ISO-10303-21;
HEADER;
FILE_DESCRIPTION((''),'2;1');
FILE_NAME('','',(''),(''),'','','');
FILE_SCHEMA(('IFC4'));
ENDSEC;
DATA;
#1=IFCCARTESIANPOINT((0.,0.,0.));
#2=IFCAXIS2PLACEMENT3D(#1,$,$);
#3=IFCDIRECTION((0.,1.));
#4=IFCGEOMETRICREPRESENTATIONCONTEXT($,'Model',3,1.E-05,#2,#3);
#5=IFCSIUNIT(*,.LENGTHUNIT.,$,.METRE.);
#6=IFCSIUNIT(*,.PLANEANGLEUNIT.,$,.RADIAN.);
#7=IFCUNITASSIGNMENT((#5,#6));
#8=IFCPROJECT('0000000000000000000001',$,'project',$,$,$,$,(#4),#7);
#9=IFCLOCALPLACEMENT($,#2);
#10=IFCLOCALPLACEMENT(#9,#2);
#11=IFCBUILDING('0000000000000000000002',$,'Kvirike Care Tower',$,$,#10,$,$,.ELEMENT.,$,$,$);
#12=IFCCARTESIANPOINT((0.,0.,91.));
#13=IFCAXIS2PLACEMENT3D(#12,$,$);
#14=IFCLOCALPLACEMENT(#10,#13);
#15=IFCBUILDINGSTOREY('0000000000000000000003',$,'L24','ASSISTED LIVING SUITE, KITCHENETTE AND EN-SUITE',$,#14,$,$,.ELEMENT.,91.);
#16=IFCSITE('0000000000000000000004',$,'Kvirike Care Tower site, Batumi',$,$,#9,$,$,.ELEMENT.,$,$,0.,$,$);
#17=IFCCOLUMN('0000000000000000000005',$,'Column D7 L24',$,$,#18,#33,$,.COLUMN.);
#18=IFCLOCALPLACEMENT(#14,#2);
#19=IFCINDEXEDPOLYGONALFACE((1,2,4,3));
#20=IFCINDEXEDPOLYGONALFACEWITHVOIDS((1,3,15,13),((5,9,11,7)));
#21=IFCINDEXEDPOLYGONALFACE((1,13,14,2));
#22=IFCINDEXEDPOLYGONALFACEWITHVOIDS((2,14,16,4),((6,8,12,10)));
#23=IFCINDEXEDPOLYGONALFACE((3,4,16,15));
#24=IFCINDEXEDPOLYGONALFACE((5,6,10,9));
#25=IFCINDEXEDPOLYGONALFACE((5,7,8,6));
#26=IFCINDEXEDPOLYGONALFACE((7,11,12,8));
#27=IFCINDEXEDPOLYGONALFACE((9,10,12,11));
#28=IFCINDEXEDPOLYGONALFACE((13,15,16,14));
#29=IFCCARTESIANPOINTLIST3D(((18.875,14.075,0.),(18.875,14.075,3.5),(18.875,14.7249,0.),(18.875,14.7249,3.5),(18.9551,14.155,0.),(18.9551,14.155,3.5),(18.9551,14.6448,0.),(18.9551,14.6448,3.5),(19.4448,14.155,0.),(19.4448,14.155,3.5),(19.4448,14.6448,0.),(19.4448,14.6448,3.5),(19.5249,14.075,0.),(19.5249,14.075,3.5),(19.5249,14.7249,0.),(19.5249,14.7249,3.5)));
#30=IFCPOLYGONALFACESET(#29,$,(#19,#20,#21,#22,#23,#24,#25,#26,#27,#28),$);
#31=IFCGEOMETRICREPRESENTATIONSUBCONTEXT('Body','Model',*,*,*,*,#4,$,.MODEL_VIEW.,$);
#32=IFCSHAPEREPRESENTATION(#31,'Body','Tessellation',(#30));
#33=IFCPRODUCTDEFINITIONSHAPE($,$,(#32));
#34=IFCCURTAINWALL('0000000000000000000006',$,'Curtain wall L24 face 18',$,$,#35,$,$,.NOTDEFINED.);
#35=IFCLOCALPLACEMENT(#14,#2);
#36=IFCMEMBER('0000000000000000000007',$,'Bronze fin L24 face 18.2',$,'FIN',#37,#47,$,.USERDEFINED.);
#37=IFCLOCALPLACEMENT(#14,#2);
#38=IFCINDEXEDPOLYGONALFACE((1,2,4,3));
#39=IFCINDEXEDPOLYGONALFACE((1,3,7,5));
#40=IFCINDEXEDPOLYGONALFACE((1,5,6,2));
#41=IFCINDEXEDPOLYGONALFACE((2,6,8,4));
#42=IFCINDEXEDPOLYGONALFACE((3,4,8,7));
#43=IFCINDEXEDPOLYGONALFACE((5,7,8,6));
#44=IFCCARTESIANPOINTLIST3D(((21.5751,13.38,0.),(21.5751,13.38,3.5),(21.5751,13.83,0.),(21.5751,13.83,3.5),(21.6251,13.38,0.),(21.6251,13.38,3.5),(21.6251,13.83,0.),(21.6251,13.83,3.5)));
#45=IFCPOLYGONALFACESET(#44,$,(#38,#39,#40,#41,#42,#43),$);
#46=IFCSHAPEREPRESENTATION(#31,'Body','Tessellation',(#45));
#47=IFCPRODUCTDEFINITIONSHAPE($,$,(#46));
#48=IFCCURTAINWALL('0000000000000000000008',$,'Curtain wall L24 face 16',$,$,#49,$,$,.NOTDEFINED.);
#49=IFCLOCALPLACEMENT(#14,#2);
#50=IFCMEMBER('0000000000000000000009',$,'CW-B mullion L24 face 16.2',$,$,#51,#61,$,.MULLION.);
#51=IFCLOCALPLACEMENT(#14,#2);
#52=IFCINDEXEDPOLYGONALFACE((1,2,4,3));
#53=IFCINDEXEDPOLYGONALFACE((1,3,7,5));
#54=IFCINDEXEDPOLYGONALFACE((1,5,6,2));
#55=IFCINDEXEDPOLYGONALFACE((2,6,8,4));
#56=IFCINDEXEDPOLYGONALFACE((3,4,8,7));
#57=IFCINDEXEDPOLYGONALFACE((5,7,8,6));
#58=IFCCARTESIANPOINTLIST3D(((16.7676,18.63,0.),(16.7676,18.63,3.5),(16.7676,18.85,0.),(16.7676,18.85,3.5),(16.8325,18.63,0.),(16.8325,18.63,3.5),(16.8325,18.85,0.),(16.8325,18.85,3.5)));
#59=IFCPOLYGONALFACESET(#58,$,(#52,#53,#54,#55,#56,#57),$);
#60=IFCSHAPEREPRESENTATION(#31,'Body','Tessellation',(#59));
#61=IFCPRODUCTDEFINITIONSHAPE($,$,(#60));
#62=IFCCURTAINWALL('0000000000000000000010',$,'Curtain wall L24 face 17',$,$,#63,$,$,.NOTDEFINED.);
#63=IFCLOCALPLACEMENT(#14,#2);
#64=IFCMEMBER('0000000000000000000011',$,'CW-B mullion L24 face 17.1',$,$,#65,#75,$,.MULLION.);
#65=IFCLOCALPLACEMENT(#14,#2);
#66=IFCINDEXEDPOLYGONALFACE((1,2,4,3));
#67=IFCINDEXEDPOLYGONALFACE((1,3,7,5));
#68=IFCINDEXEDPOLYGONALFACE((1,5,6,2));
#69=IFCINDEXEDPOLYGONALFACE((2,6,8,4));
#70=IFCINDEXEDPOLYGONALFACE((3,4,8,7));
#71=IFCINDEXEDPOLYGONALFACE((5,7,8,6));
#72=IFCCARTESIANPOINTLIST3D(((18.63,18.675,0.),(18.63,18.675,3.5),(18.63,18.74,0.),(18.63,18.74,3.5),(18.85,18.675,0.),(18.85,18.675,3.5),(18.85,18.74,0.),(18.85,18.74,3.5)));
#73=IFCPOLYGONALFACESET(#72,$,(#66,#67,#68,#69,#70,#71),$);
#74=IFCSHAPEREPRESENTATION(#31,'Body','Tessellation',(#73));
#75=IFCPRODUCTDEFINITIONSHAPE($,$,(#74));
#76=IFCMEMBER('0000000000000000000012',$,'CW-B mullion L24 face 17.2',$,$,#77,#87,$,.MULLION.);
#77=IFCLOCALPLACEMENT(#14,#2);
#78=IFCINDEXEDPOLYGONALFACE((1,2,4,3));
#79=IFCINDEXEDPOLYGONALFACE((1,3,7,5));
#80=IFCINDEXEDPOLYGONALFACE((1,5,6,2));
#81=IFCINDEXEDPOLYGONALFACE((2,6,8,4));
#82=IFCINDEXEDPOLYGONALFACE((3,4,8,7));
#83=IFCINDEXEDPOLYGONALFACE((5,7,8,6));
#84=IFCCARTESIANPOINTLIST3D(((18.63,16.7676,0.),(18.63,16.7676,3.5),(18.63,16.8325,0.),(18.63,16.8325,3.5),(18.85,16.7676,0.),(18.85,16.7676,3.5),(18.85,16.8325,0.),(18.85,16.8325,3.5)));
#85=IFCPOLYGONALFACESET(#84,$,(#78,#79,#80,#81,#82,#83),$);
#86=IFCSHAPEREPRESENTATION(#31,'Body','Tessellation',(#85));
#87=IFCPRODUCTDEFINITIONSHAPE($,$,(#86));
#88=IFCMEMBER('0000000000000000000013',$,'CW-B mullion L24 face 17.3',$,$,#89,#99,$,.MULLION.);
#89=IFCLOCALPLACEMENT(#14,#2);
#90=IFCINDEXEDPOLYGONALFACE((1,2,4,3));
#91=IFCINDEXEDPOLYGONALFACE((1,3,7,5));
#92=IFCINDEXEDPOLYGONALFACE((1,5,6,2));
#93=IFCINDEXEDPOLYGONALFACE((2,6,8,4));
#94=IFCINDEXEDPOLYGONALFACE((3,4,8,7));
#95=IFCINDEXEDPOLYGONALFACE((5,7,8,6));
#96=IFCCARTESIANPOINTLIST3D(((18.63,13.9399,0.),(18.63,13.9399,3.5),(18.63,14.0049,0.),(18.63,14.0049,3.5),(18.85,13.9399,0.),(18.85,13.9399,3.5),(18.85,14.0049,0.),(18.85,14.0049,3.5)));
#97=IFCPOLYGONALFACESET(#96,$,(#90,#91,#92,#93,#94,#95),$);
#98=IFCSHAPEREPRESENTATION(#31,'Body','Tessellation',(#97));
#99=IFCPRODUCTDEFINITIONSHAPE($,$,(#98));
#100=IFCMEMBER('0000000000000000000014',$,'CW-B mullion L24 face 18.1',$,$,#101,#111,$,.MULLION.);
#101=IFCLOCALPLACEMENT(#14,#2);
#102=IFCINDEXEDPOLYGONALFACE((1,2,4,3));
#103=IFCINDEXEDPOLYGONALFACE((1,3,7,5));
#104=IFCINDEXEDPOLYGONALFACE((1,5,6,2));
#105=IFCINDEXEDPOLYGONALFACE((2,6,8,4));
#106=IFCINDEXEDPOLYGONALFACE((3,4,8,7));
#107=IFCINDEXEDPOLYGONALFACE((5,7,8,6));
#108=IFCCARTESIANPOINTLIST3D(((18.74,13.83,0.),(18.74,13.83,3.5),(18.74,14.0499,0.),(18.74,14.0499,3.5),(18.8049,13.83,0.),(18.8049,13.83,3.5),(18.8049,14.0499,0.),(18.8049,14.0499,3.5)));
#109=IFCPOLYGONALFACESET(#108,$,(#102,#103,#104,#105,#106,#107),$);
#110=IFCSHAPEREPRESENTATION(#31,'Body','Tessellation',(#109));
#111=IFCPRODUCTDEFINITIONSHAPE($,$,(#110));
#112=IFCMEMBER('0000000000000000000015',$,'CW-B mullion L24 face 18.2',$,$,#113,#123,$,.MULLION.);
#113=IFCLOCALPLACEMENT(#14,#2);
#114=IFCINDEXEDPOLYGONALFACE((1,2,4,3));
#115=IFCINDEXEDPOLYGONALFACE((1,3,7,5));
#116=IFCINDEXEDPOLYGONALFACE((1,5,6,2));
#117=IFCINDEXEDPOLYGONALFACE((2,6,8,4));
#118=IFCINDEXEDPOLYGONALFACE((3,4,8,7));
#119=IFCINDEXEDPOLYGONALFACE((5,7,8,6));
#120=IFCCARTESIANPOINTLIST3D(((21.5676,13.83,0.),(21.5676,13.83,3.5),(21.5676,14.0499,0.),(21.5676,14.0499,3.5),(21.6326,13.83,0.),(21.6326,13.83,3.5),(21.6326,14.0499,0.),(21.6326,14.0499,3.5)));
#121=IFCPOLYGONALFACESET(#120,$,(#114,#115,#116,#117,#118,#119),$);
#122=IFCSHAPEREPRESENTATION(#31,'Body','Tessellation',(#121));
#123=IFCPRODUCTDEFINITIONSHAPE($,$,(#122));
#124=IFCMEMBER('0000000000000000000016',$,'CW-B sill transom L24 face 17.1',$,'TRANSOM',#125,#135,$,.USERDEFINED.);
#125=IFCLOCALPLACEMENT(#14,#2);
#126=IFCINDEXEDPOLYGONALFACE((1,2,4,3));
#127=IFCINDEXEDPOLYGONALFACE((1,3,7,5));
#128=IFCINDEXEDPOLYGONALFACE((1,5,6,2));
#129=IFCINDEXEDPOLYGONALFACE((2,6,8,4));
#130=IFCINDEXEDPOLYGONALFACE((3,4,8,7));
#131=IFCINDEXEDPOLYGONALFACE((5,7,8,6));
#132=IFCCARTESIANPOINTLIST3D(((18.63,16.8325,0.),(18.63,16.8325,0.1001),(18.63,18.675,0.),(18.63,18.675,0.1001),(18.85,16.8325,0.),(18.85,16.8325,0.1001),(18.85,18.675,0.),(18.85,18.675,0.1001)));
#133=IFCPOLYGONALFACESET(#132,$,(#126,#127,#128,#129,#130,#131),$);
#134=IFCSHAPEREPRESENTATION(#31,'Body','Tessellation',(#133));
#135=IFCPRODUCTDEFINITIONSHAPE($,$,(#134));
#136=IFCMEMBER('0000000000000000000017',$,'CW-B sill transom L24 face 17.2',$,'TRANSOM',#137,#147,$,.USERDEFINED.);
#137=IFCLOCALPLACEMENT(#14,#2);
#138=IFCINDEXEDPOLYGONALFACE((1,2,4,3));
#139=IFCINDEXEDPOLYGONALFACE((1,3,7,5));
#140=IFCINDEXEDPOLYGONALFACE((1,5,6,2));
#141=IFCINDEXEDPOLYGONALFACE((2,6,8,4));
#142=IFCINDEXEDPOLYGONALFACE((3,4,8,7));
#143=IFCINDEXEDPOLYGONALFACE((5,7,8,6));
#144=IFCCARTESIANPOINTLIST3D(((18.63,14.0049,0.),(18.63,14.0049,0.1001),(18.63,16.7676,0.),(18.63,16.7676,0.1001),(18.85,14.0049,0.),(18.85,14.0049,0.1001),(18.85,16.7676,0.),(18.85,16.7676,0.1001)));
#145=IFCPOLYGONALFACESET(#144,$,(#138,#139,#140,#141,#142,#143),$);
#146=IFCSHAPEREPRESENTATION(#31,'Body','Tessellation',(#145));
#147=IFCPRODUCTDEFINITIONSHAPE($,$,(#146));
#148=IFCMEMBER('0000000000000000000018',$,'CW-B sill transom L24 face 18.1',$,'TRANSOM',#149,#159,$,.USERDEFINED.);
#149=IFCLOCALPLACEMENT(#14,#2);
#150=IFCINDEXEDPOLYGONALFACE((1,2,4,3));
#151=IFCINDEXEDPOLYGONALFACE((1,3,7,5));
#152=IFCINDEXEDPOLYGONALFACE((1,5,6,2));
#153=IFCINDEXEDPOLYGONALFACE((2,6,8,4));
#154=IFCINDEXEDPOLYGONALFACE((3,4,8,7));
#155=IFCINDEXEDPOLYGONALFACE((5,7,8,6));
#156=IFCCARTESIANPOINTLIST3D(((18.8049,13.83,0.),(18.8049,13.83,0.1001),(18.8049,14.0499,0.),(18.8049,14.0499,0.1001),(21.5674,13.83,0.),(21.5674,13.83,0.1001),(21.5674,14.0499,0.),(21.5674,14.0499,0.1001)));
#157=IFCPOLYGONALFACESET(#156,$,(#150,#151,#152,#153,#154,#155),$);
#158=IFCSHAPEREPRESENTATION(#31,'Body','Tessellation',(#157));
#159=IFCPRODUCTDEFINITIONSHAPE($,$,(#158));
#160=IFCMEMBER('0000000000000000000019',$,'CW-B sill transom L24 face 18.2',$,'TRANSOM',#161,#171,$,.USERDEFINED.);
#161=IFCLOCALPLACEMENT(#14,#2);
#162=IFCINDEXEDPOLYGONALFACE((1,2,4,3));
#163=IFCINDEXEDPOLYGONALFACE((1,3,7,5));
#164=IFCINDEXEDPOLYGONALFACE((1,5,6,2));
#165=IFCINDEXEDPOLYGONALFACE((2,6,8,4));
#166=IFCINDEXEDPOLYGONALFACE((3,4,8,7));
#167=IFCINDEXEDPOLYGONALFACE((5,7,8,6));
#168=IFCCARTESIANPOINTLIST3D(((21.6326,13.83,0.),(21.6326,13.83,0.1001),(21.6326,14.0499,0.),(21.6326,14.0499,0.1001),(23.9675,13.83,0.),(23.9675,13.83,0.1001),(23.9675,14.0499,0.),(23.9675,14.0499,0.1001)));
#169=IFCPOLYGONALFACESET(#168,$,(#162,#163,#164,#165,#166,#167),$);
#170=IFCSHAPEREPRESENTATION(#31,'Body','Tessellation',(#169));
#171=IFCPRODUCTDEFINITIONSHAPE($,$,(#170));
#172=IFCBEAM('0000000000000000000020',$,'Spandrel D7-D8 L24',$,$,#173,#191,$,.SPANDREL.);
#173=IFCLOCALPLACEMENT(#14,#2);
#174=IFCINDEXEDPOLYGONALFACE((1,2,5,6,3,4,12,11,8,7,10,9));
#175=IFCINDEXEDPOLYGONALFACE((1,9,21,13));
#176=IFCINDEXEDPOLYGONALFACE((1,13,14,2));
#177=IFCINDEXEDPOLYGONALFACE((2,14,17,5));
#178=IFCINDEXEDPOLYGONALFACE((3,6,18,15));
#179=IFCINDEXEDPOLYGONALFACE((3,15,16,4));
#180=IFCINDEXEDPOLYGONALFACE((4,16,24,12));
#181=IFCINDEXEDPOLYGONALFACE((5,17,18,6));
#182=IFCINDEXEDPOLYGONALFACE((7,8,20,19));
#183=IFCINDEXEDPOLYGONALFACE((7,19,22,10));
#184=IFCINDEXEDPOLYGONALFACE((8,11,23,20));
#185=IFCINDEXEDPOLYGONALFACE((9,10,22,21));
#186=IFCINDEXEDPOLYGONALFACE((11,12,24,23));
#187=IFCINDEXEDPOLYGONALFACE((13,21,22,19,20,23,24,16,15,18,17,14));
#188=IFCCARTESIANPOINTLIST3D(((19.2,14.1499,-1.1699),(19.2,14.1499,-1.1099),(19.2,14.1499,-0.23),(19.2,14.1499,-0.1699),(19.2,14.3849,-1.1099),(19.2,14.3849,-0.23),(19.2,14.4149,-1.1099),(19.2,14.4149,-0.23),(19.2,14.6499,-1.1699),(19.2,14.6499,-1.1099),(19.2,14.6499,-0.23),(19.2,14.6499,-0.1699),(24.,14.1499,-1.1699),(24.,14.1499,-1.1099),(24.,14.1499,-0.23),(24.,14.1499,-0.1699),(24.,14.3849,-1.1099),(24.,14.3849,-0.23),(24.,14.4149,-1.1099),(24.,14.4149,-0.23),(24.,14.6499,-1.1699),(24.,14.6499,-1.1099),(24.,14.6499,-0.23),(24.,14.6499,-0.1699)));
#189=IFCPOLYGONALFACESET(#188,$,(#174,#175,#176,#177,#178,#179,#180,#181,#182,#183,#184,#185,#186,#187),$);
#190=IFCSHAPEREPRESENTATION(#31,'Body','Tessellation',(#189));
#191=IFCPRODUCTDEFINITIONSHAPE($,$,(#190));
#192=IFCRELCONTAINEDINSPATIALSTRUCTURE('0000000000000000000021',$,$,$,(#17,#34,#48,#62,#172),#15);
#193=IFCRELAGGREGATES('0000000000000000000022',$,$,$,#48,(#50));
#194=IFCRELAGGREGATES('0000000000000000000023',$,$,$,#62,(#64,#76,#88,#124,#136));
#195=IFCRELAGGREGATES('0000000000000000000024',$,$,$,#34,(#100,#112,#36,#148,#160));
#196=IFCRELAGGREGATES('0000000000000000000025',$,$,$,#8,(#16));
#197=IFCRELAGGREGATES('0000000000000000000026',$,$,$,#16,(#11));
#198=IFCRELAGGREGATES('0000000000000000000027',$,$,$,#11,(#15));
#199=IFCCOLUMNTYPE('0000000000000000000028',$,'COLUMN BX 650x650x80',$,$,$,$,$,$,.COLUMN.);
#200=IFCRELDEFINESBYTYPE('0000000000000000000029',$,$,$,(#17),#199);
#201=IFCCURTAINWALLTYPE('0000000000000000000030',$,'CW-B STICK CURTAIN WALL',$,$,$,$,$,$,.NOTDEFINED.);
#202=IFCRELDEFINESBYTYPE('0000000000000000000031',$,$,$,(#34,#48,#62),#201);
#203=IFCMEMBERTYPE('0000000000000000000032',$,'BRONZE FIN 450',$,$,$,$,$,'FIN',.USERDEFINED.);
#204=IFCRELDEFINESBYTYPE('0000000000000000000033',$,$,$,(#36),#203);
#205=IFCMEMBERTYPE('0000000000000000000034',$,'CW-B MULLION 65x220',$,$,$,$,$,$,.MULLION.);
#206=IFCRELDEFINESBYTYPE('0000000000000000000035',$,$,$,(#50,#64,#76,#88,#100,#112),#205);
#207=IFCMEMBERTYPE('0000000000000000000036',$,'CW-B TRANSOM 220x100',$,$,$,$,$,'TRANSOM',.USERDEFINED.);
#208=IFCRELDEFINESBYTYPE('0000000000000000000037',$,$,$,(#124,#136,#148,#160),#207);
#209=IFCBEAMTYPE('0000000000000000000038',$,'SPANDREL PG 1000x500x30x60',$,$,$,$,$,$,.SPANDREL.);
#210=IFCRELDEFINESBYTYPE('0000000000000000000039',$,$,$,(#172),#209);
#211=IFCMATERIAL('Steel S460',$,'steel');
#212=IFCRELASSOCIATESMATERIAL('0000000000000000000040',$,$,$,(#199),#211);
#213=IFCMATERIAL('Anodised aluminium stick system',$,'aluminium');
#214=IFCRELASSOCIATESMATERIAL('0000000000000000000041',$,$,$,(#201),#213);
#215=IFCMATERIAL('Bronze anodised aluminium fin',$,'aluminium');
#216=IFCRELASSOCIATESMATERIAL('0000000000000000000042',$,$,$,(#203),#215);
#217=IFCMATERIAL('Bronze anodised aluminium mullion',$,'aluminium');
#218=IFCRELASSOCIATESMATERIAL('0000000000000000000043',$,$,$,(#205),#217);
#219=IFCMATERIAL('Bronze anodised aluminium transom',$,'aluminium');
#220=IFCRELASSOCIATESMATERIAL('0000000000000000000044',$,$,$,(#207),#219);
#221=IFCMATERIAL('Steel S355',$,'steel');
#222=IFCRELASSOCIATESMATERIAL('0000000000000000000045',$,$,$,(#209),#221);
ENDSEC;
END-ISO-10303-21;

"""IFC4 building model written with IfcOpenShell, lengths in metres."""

from ifc_helpers import new_model, si_unit, direction, frame, origin, origin_2d, place, context, subcontext, project, spatial, rectangle, hollow_rectangle, i_section, extrude, material, material_profile, profile_set, type_object, element, aggregate, save


model = new_model("IFC4")

# Units and contexts
model_context = context("Model", 3, precision=1e-05, world=origin(), true_north=direction((0.0, 1.0)))
body_context = subcontext(model_context, "Body", "Model", "MODEL_VIEW")
ifc_project = project(units=[si_unit("LENGTHUNIT", "METRE"), si_unit("PLANEANGLEUNIT", "RADIAN")], contexts=[model_context])

# Site, building, storey
site_placement = place(None, origin())
site = spatial("IfcSite", under=ifc_project, at=site_placement, Name="Kvirike Care Tower site, Batumi", CompositionType="ELEMENT", RefElevation=0.0)
building_placement = place(site_placement, origin())
building = spatial("IfcBuilding", under=site, at=building_placement, Name="Kvirike Care Tower", CompositionType="ELEMENT")
storey_placement = place(building_placement, frame((0.0, 0.0, 91.0)))
storey = spatial("IfcBuildingStorey", under=building, at=storey_placement, Name="L24", Description="ASSISTED LIVING SUITE, KITCHENETTE AND EN-SUITE", CompositionType="ELEMENT", Elevation=91.0)

# Column
ifc_material_1 = material(Name="Steel S460", Category="steel")
ifc_material_profile_1 = material_profile(ifc_material_1, hollow_rectangle(XDim=0.6499, YDim=0.6499, WallThickness=0.0801, at=origin_2d()), Name="BX 650x650x80")
ifc_profile_set_1 = profile_set([ifc_material_profile_1], Name="Steel S460")
column_type = type_object("IfcColumnType", Name="COLUMN BX 650x650x80", PredefinedType="COLUMN", material=ifc_profile_set_1)
column_placement = place(storey_placement, frame((19.2, 14.3999, 0.0), z_axis=(0.0, 0.0, 1.0), x_axis=(0.0, 1.0, 0.0)))
element("IfcColumn", 1, at=column_placement, inside=storey, type_object=column_type, Name="Column D7 L24", PredefinedType="COLUMN", context=body_context, shape_type="SweptSolid", body=[
    extrude(hollow_rectangle(XDim=0.6499, YDim=0.6499, WallThickness=0.0801, at=origin_2d()), origin(), (0.0, 0.0, 1.0), 3.5),
])

# Curtain walls, members
ifc_material_2 = material(Name="Anodised aluminium stick system", Category="aluminium")
curtain_wall_type = type_object("IfcCurtainWallType", Name="CW-B STICK CURTAIN WALL", PredefinedType="NOTDEFINED", material=ifc_material_2)
curtain_wall_1_placement = place(storey_placement, origin())
curtain_wall_1 = element("IfcCurtainWall", 2, at=curtain_wall_1_placement, inside=storey, type_object=curtain_wall_type, Name="Curtain wall L24 face 18", PredefinedType="NOTDEFINED")
ifc_material_3 = material(Name="Bronze anodised aluminium fin", Category="aluminium")
ifc_material_profile_2 = material_profile(ifc_material_3, rectangle(XDim=0.05, YDim=0.45, at=origin_2d()), Name="BRONZE FIN 450")
ifc_profile_set_2 = profile_set([ifc_material_profile_2], Name="Bronze anodised aluminium fin")
member_type_1 = type_object("IfcMemberType", Name="BRONZE FIN 450", ElementType="FIN", PredefinedType="USERDEFINED", material=ifc_profile_set_2)
member_1_placement = place(storey_placement, frame((21.6001, 13.605, 0.0), z_axis=(0.0, 0.0, 1.0), x_axis=(1.0, 0.0, 0.0)))
member_1 = element("IfcMember", 3, at=member_1_placement, type_object=member_type_1, Name="Bronze fin L24 face 18.2", ObjectType="FIN", PredefinedType="USERDEFINED", context=body_context, shape_type="SweptSolid", body=[
    extrude(rectangle(XDim=0.05, YDim=0.45, at=origin_2d()), origin(), (0.0, 0.0, 1.0), 3.5),
])
curtain_wall_2_placement = place(storey_placement, origin())
curtain_wall_2 = element("IfcCurtainWall", 4, at=curtain_wall_2_placement, inside=storey, type_object=curtain_wall_type, Name="Curtain wall L24 face 16", PredefinedType="NOTDEFINED")
ifc_material_4 = material(Name="Bronze anodised aluminium mullion", Category="aluminium")
ifc_material_profile_3 = material_profile(ifc_material_4, rectangle(XDim=0.0649, YDim=0.22, at=origin_2d()), Name="CW-B MULLION 65x220")
ifc_profile_set_3 = profile_set([ifc_material_profile_3], Name="Bronze anodised aluminium mullion")
member_type_2 = type_object("IfcMemberType", Name="CW-B MULLION 65x220", PredefinedType="MULLION", material=ifc_profile_set_3)
member_2_placement = place(storey_placement, frame((16.8, 18.74, 0.0), z_axis=(0.0, 0.0, 1.0), x_axis=(1.0, 0.0, 0.0)))
member_2 = element("IfcMember", 5, at=member_2_placement, type_object=member_type_2, Name="CW-B mullion L24 face 16.2", PredefinedType="MULLION", context=body_context, shape_type="SweptSolid", body=[
    extrude(rectangle(XDim=0.0649, YDim=0.22, at=origin_2d()), origin(), (0.0, 0.0, 1.0), 3.5),
])

# Curtain wall, members
curtain_wall_3_placement = place(storey_placement, origin())
curtain_wall_3 = element("IfcCurtainWall", 6, at=curtain_wall_3_placement, inside=storey, type_object=curtain_wall_type, Name="Curtain wall L24 face 17", PredefinedType="NOTDEFINED")
member_3_placement = place(storey_placement, frame((18.74, 18.7075, 0.0), z_axis=(0.0, 0.0, 1.0), x_axis=(0.0, -1.0, 0.0)))
member_3 = element("IfcMember", 7, at=member_3_placement, type_object=member_type_2, Name="CW-B mullion L24 face 17.1", PredefinedType="MULLION", context=body_context, shape_type="SweptSolid", body=[
    extrude(rectangle(XDim=0.0649, YDim=0.22, at=origin_2d()), origin(), (0.0, 0.0, 1.0), 3.5),
])
member_4_placement = place(storey_placement, frame((18.74, 16.8, 0.0), z_axis=(0.0, 0.0, 1.0), x_axis=(0.0, -1.0, 0.0)))
member_4 = element("IfcMember", 8, at=member_4_placement, type_object=member_type_2, Name="CW-B mullion L24 face 17.2", PredefinedType="MULLION", context=body_context, shape_type="SweptSolid", body=[
    extrude(rectangle(XDim=0.0649, YDim=0.22, at=origin_2d()), origin(), (0.0, 0.0, 1.0), 3.5),
])
member_5_placement = place(storey_placement, frame((18.74, 13.9724, 0.0), z_axis=(0.0, 0.0, 1.0), x_axis=(0.0, -1.0, 0.0)))
member_5 = element("IfcMember", 9, at=member_5_placement, type_object=member_type_2, Name="CW-B mullion L24 face 17.3", PredefinedType="MULLION", context=body_context, shape_type="SweptSolid", body=[
    extrude(rectangle(XDim=0.0649, YDim=0.22, at=origin_2d()), origin(), (0.0, 0.0, 1.0), 3.5),
])

# Members
member_6_placement = place(storey_placement, frame((18.7725, 13.9399, 0.0), z_axis=(0.0, 0.0, 1.0), x_axis=(1.0, 0.0, 0.0)))
member_6 = element("IfcMember", 10, at=member_6_placement, type_object=member_type_2, Name="CW-B mullion L24 face 18.1", PredefinedType="MULLION", context=body_context, shape_type="SweptSolid", body=[
    extrude(rectangle(XDim=0.0649, YDim=0.22, at=origin_2d()), origin(), (0.0, 0.0, 1.0), 3.5),
])
member_7_placement = place(storey_placement, frame((21.6001, 13.9399, 0.0), z_axis=(0.0, 0.0, 1.0), x_axis=(1.0, 0.0, 0.0)))
member_7 = element("IfcMember", 11, at=member_7_placement, type_object=member_type_2, Name="CW-B mullion L24 face 18.2", PredefinedType="MULLION", context=body_context, shape_type="SweptSolid", body=[
    extrude(rectangle(XDim=0.0649, YDim=0.22, at=origin_2d()), origin(), (0.0, 0.0, 1.0), 3.5),
])
ifc_material_5 = material(Name="Bronze anodised aluminium transom", Category="aluminium")
ifc_material_profile_4 = material_profile(ifc_material_5, rectangle(XDim=0.22, YDim=0.1001, at=origin_2d()), Name="CW-B TRANSOM 220x100")
ifc_profile_set_4 = profile_set([ifc_material_profile_4], Name="Bronze anodised aluminium transom")
member_type_3 = type_object("IfcMemberType", Name="CW-B TRANSOM 220x100", ElementType="TRANSOM", PredefinedType="USERDEFINED", material=ifc_profile_set_4)
member_8_placement = place(storey_placement, frame((18.74, 18.675, 0.05), z_axis=(0.0, -1.0, 0.0), x_axis=(1.0, 0.0, 0.0)))
member_8 = element("IfcMember", 12, at=member_8_placement, type_object=member_type_3, Name="CW-B sill transom L24 face 17.1", ObjectType="TRANSOM", PredefinedType="USERDEFINED", context=body_context, shape_type="SweptSolid", body=[
    extrude(rectangle(XDim=0.22, YDim=0.1001, at=origin_2d()), origin(), (0.0, 0.0, 1.0), 1.8425),
])
member_9_placement = place(storey_placement, frame((18.74, 16.7676, 0.05), z_axis=(0.0, -1.0, 0.0), x_axis=(1.0, 0.0, 0.0)))
member_9 = element("IfcMember", 13, at=member_9_placement, type_object=member_type_3, Name="CW-B sill transom L24 face 17.2", ObjectType="TRANSOM", PredefinedType="USERDEFINED", context=body_context, shape_type="SweptSolid", body=[
    extrude(rectangle(XDim=0.22, YDim=0.1001, at=origin_2d()), origin(), (0.0, 0.0, 1.0), 2.7627),
])
member_10_placement = place(storey_placement, frame((18.8049, 13.9399, 0.05), z_axis=(1.0, 0.0, 0.0), x_axis=(0.0, 1.0, 0.0)))
member_10 = element("IfcMember", 14, at=member_10_placement, type_object=member_type_3, Name="CW-B sill transom L24 face 18.1", ObjectType="TRANSOM", PredefinedType="USERDEFINED", context=body_context, shape_type="SweptSolid", body=[
    extrude(rectangle(XDim=0.22, YDim=0.1001, at=origin_2d()), origin(), (0.0, 0.0, 1.0), 2.7625),
])
member_11_placement = place(storey_placement, frame((21.6326, 13.9399, 0.05), z_axis=(1.0, 0.0, 0.0), x_axis=(0.0, 1.0, 0.0)))
member_11 = element("IfcMember", 15, at=member_11_placement, type_object=member_type_3, Name="CW-B sill transom L24 face 18.2", ObjectType="TRANSOM", PredefinedType="USERDEFINED", context=body_context, shape_type="SweptSolid", body=[
    extrude(rectangle(XDim=0.22, YDim=0.1001, at=origin_2d()), origin(), (0.0, 0.0, 1.0), 2.335),
])

# Beam
ifc_material_6 = material(Name="Steel S355", Category="steel")
ifc_material_profile_5 = material_profile(ifc_material_6, i_section(OverallWidth=0.5, OverallDepth=1.0, WebThickness=0.03, FlangeThickness=0.0601, at=origin_2d()), Name="PG 1000x500x30x60")
ifc_profile_set_5 = profile_set([ifc_material_profile_5], Name="Steel S355")
beam_type = type_object("IfcBeamType", Name="SPANDREL PG 1000x500x30x60", PredefinedType="SPANDREL", material=ifc_profile_set_5)
for number, where, z_axis, x_axis, name in (
    (16, (19.2, 14.3999, -0.6699), (1.0, 0.0, 0.0), (0.0, 1.0, 0.0), "Spandrel D7-D8 L24"),
):
    element("IfcBeam", number, at=place(storey_placement, frame(where, z_axis=z_axis, x_axis=x_axis)), inside=storey, type_object=beam_type, Name=name, PredefinedType="SPANDREL", context=body_context, shape_type="SweptSolid", body=[
        extrude(i_section(OverallWidth=0.5, OverallDepth=1.0, WebThickness=0.03, FlangeThickness=0.0601, at=origin_2d()), origin(), (0.0, 0.0, 1.0), 4.8),
    ])

aggregate(curtain_wall_2, [member_2])
aggregate(curtain_wall_3, [member_3, member_4, member_5, member_8, member_9])
aggregate(curtain_wall_1, [member_6, member_7, member_1, member_10, member_11])

save(model, "model.ifc")
